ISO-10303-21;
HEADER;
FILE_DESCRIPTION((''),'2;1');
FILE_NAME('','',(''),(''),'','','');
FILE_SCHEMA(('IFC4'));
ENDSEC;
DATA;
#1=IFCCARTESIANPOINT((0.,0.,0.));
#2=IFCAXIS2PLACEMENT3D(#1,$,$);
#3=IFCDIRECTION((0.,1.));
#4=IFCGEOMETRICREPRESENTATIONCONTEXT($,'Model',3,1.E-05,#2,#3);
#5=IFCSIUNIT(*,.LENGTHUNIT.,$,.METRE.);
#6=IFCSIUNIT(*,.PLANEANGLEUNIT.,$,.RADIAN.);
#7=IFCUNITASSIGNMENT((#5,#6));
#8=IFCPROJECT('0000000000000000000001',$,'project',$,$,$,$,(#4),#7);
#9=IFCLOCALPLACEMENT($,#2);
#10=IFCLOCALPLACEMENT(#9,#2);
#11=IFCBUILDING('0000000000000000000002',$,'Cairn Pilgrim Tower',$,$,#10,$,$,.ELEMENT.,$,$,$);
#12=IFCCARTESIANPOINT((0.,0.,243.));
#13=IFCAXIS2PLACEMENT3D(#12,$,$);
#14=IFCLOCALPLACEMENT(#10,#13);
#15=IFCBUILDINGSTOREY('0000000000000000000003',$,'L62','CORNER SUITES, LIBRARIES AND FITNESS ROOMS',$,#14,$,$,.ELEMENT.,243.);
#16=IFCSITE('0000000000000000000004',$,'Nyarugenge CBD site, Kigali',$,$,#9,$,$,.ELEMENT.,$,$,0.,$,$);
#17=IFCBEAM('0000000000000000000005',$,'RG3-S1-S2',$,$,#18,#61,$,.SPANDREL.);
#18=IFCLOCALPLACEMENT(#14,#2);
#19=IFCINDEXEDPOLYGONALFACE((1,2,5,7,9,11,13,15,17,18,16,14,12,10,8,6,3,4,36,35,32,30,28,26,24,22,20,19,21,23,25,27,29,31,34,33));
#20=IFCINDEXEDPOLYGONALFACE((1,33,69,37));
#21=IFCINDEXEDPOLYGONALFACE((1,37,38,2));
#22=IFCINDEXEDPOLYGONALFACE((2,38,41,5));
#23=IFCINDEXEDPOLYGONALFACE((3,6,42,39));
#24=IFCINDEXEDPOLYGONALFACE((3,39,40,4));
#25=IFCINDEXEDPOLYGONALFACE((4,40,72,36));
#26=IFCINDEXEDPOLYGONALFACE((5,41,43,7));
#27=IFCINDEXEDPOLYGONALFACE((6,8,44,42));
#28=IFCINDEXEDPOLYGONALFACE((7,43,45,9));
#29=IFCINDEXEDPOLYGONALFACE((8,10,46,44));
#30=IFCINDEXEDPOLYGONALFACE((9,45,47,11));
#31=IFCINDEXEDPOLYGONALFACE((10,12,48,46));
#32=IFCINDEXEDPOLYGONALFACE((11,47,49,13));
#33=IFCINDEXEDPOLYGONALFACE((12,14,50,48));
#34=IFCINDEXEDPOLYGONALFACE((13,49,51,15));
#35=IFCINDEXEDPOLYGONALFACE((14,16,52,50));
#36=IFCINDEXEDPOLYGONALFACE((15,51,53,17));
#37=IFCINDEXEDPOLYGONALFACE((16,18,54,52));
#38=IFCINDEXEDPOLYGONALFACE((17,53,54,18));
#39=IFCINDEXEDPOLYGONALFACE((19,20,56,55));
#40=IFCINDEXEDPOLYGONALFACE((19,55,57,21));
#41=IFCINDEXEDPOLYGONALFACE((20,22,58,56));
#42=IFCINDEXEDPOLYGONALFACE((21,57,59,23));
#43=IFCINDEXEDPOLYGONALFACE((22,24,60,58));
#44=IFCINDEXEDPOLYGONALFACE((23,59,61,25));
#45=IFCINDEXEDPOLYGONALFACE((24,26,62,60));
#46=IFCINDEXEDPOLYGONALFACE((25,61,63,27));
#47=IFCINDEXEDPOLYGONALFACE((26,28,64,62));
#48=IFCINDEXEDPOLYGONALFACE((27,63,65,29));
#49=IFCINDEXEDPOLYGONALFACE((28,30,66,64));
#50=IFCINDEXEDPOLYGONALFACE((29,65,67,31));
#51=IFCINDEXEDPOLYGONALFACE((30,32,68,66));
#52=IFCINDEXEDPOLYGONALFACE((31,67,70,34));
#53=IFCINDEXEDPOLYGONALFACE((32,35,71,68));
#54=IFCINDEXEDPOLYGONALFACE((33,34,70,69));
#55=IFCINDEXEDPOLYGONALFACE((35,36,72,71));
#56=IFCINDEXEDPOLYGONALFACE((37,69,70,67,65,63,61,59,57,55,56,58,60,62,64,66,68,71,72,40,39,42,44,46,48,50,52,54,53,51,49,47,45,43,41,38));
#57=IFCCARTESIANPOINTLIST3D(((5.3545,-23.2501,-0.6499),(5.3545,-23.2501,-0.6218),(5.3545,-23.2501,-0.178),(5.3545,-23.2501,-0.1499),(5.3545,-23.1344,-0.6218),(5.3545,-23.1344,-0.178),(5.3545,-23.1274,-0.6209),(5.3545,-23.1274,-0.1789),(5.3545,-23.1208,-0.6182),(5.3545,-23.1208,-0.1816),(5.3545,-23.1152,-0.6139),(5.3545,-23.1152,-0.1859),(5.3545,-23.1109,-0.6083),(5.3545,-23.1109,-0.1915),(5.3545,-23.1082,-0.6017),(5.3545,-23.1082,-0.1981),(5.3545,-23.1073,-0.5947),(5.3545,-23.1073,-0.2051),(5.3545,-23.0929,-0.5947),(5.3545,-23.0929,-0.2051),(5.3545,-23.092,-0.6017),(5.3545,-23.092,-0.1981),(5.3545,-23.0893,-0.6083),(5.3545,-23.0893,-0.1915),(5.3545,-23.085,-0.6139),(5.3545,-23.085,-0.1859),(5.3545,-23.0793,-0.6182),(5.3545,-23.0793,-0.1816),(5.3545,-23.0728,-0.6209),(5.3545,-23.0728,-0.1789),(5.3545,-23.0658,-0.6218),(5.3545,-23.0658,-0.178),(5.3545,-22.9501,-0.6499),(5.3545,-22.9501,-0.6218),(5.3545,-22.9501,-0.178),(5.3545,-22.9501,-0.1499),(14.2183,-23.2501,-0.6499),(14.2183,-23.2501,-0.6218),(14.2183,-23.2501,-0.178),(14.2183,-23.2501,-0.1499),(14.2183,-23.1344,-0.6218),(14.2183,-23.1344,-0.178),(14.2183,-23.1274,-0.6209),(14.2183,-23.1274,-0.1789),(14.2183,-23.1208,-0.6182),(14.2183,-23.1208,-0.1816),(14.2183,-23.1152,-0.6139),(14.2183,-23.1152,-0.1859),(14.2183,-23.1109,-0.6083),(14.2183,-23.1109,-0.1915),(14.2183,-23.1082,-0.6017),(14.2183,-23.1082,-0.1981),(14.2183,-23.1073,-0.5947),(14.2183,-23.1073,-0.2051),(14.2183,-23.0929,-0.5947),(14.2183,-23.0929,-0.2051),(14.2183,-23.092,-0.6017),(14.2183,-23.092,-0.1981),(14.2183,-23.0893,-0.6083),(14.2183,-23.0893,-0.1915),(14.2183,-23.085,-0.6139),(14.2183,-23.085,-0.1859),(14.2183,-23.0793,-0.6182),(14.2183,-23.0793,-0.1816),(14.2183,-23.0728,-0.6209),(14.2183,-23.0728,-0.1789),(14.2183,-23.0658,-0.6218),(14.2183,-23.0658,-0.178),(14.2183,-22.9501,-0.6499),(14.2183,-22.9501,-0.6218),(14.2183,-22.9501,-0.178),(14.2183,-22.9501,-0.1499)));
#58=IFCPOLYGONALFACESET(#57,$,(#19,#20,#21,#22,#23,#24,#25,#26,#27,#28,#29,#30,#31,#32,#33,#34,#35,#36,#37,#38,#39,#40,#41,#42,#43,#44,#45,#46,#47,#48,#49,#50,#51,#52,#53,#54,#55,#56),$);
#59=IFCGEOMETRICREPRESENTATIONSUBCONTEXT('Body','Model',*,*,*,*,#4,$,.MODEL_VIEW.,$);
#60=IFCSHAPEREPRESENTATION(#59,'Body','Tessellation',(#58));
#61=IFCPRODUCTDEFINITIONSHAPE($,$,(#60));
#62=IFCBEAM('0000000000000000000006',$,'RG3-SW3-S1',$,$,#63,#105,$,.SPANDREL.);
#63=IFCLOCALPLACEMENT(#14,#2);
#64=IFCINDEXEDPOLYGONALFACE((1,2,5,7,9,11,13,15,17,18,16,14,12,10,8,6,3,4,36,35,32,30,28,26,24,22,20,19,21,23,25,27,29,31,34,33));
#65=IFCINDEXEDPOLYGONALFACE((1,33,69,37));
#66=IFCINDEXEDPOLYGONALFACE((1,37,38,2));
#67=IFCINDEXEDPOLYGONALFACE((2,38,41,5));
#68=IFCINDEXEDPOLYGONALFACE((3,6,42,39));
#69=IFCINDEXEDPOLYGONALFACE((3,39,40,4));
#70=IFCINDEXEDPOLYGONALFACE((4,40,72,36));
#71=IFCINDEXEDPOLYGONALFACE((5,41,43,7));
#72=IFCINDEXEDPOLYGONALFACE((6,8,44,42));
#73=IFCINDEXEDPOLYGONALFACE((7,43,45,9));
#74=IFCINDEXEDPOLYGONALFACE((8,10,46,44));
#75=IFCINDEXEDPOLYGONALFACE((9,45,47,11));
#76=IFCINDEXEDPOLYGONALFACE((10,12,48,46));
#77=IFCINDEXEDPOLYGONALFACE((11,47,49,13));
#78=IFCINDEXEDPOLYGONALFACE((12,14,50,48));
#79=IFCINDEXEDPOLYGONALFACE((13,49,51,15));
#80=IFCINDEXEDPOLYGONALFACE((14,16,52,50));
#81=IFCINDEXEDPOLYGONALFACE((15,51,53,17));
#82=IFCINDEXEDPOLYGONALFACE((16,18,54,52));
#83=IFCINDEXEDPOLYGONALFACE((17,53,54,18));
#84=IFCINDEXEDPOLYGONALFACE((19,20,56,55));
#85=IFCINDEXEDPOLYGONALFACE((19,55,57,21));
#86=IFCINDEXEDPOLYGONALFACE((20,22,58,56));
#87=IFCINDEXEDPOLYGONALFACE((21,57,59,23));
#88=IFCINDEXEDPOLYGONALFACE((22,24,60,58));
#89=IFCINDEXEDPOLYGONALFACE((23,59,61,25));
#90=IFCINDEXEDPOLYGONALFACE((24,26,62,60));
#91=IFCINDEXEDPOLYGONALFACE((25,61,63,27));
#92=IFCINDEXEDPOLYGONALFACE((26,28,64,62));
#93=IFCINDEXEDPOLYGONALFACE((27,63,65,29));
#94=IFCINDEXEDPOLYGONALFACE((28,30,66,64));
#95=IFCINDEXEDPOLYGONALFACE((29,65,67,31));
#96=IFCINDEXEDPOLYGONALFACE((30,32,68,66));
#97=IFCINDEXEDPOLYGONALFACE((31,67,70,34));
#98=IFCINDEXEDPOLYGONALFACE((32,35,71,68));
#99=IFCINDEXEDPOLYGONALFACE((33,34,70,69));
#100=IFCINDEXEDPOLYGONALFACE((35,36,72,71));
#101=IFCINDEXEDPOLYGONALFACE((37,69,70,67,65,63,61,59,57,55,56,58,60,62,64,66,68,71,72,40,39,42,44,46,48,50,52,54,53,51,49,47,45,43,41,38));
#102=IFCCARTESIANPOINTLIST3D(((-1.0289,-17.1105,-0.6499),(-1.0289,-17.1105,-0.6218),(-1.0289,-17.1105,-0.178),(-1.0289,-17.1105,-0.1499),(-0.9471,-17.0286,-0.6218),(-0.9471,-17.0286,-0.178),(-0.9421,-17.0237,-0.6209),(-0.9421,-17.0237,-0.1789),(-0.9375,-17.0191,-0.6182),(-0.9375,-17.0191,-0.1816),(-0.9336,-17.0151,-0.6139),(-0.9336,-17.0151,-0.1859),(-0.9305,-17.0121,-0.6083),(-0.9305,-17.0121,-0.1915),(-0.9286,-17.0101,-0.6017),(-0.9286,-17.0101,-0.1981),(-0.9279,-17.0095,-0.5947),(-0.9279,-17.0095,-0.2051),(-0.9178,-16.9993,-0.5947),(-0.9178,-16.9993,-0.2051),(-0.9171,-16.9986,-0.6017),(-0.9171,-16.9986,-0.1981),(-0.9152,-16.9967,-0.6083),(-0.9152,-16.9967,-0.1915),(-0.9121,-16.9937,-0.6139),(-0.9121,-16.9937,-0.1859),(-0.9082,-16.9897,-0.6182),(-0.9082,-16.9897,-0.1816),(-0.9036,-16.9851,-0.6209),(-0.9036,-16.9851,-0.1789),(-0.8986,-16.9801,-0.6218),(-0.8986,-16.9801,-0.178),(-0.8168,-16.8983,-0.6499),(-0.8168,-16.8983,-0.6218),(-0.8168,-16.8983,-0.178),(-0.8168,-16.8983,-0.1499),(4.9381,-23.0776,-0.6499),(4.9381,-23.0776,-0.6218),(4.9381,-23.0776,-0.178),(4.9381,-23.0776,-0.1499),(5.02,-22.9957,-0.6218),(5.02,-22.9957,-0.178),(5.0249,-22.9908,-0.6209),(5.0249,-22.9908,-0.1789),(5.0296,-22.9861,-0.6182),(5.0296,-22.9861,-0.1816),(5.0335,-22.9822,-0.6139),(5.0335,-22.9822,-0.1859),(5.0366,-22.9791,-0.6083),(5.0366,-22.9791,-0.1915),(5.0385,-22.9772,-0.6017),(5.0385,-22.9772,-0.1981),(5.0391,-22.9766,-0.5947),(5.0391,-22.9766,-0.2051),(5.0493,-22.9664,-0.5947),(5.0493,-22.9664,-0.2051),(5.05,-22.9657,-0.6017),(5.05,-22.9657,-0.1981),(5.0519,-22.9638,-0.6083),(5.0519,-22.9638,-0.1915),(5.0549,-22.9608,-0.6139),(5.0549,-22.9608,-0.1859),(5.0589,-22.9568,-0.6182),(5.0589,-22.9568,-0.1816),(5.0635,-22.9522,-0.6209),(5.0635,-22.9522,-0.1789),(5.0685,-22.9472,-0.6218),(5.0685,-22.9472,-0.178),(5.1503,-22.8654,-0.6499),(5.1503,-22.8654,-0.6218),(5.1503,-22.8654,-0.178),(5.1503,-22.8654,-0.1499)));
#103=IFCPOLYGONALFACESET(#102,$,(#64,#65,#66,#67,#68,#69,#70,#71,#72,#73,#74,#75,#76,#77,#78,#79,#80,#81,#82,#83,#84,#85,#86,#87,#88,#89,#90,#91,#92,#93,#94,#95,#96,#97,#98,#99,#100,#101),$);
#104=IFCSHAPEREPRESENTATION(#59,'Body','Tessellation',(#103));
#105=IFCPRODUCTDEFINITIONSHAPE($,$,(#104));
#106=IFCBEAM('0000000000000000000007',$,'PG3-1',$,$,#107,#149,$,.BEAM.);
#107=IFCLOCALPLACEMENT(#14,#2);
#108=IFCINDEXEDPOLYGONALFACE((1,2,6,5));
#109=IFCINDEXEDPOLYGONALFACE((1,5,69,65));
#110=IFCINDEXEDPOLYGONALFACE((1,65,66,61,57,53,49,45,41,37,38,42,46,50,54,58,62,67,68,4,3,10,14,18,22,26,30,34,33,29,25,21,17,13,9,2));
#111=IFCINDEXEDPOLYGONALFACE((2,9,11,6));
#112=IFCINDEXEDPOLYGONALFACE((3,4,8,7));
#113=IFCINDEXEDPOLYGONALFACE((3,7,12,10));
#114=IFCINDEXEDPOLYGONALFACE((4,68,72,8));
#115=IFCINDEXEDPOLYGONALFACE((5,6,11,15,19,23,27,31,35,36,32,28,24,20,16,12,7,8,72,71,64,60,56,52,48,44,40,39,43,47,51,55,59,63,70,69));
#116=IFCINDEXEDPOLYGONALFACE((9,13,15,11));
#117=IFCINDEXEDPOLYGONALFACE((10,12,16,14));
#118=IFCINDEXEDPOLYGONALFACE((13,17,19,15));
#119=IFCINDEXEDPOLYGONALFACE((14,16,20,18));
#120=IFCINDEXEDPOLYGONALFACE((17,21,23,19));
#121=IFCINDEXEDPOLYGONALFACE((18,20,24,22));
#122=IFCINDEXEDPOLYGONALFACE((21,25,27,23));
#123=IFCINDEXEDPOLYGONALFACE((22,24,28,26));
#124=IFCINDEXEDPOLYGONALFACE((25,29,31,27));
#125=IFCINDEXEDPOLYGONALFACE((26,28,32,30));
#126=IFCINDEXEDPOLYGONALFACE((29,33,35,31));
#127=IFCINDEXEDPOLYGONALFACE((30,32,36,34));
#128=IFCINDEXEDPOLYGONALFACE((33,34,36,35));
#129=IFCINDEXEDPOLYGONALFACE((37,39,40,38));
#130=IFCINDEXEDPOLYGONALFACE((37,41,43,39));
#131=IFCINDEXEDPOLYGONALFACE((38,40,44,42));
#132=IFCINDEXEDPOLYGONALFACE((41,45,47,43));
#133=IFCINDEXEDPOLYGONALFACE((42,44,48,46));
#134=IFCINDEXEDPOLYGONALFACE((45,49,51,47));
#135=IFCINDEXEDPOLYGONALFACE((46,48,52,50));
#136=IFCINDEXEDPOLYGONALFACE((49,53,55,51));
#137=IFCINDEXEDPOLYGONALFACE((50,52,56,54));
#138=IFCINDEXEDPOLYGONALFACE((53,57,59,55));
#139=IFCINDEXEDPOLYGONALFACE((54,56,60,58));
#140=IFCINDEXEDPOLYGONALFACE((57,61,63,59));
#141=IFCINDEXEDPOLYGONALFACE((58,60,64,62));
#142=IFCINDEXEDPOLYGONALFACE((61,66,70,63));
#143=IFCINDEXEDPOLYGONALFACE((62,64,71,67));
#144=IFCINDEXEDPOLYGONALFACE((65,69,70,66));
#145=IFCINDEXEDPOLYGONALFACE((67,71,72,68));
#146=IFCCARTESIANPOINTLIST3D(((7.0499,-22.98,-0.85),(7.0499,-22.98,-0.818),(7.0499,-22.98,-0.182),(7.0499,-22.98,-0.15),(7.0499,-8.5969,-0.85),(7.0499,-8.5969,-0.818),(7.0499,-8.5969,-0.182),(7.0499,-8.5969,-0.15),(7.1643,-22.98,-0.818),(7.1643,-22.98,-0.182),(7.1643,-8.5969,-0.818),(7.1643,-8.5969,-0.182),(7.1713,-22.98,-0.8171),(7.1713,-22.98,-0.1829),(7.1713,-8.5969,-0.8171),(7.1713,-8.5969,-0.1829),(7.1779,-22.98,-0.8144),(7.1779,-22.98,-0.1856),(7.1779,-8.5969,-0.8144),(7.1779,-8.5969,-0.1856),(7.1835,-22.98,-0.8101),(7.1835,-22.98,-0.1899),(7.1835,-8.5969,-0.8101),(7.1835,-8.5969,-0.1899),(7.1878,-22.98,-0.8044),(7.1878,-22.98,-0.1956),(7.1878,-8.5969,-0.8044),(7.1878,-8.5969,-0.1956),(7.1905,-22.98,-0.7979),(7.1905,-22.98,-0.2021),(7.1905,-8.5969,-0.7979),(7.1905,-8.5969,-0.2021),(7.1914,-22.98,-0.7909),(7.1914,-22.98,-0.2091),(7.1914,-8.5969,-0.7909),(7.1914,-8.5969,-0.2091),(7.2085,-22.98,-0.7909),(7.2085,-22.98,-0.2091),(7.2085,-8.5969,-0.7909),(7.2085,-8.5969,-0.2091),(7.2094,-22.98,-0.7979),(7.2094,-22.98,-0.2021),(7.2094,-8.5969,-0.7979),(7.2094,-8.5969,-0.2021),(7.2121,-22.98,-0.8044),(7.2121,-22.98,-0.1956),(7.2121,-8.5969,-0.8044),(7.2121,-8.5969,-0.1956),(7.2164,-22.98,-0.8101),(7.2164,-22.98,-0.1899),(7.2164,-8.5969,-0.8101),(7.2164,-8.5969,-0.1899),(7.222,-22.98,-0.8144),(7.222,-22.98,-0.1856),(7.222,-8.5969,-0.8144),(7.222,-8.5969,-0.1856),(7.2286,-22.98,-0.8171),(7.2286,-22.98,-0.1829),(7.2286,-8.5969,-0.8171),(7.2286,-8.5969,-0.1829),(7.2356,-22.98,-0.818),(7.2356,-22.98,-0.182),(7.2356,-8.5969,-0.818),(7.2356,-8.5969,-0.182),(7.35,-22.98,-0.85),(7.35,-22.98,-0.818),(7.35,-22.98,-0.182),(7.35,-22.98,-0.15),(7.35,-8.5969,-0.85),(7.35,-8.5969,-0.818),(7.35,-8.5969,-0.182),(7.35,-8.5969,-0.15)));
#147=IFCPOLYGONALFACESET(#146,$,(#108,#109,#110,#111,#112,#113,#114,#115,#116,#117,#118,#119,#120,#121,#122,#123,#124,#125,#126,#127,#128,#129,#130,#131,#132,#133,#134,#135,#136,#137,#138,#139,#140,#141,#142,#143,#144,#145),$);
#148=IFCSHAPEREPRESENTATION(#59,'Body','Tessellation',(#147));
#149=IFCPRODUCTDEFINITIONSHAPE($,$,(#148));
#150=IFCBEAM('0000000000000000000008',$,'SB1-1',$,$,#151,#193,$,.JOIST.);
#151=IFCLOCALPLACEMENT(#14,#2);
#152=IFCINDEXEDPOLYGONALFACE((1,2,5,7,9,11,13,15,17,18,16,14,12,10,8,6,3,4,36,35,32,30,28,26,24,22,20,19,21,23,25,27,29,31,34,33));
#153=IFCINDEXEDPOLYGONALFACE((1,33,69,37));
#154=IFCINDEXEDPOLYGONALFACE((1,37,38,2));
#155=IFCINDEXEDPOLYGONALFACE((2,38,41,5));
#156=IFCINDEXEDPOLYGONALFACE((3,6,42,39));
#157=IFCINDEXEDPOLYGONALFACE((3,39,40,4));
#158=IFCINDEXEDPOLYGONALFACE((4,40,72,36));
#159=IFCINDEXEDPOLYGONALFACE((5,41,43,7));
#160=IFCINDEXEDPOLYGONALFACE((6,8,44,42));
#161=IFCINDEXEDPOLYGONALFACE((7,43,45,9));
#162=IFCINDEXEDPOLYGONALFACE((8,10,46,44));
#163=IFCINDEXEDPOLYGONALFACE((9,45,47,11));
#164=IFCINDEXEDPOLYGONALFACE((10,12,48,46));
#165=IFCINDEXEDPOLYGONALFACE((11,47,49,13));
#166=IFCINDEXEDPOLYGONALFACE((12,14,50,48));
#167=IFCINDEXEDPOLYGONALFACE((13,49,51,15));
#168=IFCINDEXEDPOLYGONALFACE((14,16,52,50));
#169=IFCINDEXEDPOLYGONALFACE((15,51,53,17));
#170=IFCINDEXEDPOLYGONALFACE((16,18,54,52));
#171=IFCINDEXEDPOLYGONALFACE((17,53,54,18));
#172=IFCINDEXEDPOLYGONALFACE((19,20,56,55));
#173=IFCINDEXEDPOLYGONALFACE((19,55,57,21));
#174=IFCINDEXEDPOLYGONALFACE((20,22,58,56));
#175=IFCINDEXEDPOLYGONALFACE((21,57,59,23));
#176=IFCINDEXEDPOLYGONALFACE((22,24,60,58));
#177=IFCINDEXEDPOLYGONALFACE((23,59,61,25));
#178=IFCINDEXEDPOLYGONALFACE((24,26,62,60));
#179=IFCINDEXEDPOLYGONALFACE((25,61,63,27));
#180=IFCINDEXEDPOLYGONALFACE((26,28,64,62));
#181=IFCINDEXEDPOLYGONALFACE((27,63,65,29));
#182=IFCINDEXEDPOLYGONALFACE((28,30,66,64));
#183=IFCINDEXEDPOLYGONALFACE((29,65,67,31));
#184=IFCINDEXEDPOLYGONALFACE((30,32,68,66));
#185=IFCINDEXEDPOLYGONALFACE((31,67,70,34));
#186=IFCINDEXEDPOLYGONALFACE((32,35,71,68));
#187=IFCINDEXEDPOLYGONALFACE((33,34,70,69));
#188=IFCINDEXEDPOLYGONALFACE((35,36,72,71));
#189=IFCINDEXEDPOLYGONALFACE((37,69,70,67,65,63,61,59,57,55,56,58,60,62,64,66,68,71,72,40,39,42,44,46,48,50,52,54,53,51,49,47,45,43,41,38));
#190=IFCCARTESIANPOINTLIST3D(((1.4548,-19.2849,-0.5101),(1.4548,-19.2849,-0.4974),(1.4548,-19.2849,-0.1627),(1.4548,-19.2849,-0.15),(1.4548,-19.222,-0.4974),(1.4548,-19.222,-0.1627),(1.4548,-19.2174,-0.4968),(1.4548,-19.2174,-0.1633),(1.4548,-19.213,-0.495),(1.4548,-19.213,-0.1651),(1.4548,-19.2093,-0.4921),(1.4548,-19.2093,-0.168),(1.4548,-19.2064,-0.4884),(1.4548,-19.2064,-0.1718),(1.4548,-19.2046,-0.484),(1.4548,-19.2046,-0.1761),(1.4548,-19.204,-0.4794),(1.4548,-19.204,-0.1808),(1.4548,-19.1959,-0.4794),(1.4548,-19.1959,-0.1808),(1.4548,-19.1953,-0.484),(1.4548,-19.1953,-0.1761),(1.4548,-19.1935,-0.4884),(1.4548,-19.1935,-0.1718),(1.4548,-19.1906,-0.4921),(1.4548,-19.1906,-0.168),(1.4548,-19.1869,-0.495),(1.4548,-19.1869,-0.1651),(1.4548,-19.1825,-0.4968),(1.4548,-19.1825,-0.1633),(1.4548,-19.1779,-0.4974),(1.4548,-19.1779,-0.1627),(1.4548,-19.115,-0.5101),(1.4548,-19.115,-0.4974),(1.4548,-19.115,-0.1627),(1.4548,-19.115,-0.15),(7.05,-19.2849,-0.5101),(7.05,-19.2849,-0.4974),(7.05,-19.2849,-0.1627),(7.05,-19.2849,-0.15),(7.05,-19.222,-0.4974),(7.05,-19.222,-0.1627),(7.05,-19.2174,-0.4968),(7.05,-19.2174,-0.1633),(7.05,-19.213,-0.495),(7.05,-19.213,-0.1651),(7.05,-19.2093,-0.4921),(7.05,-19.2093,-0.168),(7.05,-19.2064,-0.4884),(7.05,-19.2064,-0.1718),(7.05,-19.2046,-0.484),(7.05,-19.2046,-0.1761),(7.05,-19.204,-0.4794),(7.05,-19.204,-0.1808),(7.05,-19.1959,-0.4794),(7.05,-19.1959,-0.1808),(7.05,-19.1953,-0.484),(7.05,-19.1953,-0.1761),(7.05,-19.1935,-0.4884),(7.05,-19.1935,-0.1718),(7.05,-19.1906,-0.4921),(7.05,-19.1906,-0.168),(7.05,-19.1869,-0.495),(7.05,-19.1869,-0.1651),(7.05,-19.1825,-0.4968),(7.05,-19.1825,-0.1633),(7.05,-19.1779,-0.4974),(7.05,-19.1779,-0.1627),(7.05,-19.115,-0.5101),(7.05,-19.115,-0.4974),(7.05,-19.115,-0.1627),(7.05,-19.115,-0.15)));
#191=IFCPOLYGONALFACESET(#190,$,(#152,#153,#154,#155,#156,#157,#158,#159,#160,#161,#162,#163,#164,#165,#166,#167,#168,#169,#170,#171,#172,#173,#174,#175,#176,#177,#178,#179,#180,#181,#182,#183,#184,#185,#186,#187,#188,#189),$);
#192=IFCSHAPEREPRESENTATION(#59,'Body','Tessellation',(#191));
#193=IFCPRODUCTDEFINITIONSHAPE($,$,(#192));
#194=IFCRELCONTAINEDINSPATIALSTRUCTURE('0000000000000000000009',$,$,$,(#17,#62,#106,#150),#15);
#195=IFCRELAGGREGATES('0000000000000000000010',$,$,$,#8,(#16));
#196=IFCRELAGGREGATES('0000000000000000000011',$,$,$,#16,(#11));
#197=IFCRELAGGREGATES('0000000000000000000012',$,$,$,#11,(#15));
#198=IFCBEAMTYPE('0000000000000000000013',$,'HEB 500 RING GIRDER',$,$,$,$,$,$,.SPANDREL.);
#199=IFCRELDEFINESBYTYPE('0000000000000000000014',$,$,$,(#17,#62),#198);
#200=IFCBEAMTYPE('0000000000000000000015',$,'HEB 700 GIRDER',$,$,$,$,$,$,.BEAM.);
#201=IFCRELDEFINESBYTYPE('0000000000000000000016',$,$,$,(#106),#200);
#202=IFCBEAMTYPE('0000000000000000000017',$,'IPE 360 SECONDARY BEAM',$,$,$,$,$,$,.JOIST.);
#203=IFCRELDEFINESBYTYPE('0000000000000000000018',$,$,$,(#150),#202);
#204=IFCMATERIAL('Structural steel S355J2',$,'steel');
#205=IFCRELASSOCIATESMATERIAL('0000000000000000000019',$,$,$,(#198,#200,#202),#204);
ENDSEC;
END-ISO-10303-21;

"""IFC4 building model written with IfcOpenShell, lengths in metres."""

from ifc_helpers import new_model, si_unit, direction, frame, origin, origin_2d, place, context, subcontext, project, spatial, i_section, extrude, material, material_profile, profile_set, type_object, element, save


model = new_model("IFC4")

# Units and contexts
model_context = context("Model", 3, precision=1e-05, world=origin(), true_north=direction((0.0, 1.0)))
body_context = subcontext(model_context, "Body", "Model", "MODEL_VIEW")
ifc_project = project(units=[si_unit("LENGTHUNIT", "METRE"), si_unit("PLANEANGLEUNIT", "RADIAN")], contexts=[model_context])

# Site, building, storey
site_placement = place(None, origin())
site = spatial("IfcSite", under=ifc_project, at=site_placement, Name="Nyarugenge CBD site, Kigali", CompositionType="ELEMENT", RefElevation=0.0)
building_placement = place(site_placement, origin())
building = spatial("IfcBuilding", under=site, at=building_placement, Name="Cairn Pilgrim Tower", CompositionType="ELEMENT")
storey_placement = place(building_placement, frame((0.0, 0.0, 243.0)))
storey = spatial("IfcBuildingStorey", under=building, at=storey_placement, Name="L62", Description="CORNER SUITES, LIBRARIES AND FITNESS ROOMS", CompositionType="ELEMENT", Elevation=243.0)

# Beams
ifc_material_1 = material(Name="Structural steel S355J2", Category="steel")
ifc_material_profile_1 = material_profile(ifc_material_1, i_section(OverallWidth=0.3, OverallDepth=0.5, WebThickness=0.0144, FlangeThickness=0.0281, FilletRadius=0.0271, at=origin_2d()), Name="HEB 500")
ifc_profile_set_1 = profile_set([ifc_material_profile_1], Name="Structural steel S355J2")
beam_type_1 = type_object("IfcBeamType", Name="HEB 500 RING GIRDER", PredefinedType="SPANDREL", material=ifc_profile_set_1)
beam_1_placement = place(storey_placement, frame((5.3545, -23.1001, -0.3999), z_axis=(1.0, 0.0, 0.0), x_axis=(0.0, 1.0, 0.0)))
element("IfcBeam", 1, at=beam_1_placement, inside=storey, type_object=beam_type_1, Name="RG3-S1-S2", PredefinedType="SPANDREL", context=body_context, shape_type="SweptSolid", body=[
    extrude(i_section(OverallWidth=0.3, OverallDepth=0.5, WebThickness=0.0144, FlangeThickness=0.0281, FilletRadius=0.0271, at=origin_2d()), origin(), (0.0, 0.0, 1.0), 8.8638),
])
beam_2_placement = place(storey_placement, frame((-0.9229, -17.0044, -0.3999), z_axis=(0.707107, -0.707107, 0.0), x_axis=(0.707107, 0.707107, 0.0)))
element("IfcBeam", 2, at=beam_2_placement, inside=storey, type_object=beam_type_1, Name="RG3-SW3-S1", PredefinedType="SPANDREL", context=body_context, shape_type="SweptSolid", body=[
    extrude(i_section(OverallWidth=0.3, OverallDepth=0.5, WebThickness=0.0144, FlangeThickness=0.0281, FilletRadius=0.0271, at=origin_2d()), origin(), (0.0, 0.0, 1.0), 8.4387),
])
ifc_material_profile_2 = material_profile(ifc_material_1, i_section(OverallWidth=0.3, OverallDepth=0.7, WebThickness=0.0171, FlangeThickness=0.032, FilletRadius=0.0271, at=origin_2d()), Name="HEB 700")
ifc_profile_set_2 = profile_set([ifc_material_profile_2], Name="Structural steel S355J2")
beam_type_2 = type_object("IfcBeamType", Name="HEB 700 GIRDER", PredefinedType="BEAM", material=ifc_profile_set_2)
beam_3_placement = place(storey_placement, frame((7.2, -22.98, -0.5), z_axis=(0.0, 1.0, 0.0), x_axis=(-1.0, 0.0, 0.0)))
element("IfcBeam", 3, at=beam_3_placement, inside=storey, type_object=beam_type_2, Name="PG3-1", PredefinedType="BEAM", context=body_context, shape_type="SweptSolid", body=[
    extrude(i_section(OverallWidth=0.3, OverallDepth=0.7, WebThickness=0.0171, FlangeThickness=0.032, FilletRadius=0.0271, at=origin_2d()), origin(), (0.0, 0.0, 1.0), 14.3831),
])
ifc_material_profile_3 = material_profile(ifc_material_1, i_section(OverallWidth=0.1699, OverallDepth=0.3601, WebThickness=0.0081, FlangeThickness=0.0127, FilletRadius=0.0181, at=origin_2d()), Name="IPE 360")
ifc_profile_set_3 = profile_set([ifc_material_profile_3], Name="Structural steel S355J2")
beam_type_3 = type_object("IfcBeamType", Name="IPE 360 SECONDARY BEAM", PredefinedType="JOIST", material=ifc_profile_set_3)
beam_4_placement = place(storey_placement, frame((1.4548, -19.2, -0.3301), z_axis=(1.0, 0.0, 0.0), x_axis=(0.0, 1.0, 0.0)))
element("IfcBeam", 4, at=beam_4_placement, inside=storey, type_object=beam_type_3, Name="SB1-1", PredefinedType="JOIST", context=body_context, shape_type="SweptSolid", body=[
    extrude(i_section(OverallWidth=0.1699, OverallDepth=0.3601, WebThickness=0.0081, FlangeThickness=0.0127, FilletRadius=0.0181, at=origin_2d()), origin(), (0.0, 0.0, 1.0), 5.5952),
])

save(model, "model.ifc")
